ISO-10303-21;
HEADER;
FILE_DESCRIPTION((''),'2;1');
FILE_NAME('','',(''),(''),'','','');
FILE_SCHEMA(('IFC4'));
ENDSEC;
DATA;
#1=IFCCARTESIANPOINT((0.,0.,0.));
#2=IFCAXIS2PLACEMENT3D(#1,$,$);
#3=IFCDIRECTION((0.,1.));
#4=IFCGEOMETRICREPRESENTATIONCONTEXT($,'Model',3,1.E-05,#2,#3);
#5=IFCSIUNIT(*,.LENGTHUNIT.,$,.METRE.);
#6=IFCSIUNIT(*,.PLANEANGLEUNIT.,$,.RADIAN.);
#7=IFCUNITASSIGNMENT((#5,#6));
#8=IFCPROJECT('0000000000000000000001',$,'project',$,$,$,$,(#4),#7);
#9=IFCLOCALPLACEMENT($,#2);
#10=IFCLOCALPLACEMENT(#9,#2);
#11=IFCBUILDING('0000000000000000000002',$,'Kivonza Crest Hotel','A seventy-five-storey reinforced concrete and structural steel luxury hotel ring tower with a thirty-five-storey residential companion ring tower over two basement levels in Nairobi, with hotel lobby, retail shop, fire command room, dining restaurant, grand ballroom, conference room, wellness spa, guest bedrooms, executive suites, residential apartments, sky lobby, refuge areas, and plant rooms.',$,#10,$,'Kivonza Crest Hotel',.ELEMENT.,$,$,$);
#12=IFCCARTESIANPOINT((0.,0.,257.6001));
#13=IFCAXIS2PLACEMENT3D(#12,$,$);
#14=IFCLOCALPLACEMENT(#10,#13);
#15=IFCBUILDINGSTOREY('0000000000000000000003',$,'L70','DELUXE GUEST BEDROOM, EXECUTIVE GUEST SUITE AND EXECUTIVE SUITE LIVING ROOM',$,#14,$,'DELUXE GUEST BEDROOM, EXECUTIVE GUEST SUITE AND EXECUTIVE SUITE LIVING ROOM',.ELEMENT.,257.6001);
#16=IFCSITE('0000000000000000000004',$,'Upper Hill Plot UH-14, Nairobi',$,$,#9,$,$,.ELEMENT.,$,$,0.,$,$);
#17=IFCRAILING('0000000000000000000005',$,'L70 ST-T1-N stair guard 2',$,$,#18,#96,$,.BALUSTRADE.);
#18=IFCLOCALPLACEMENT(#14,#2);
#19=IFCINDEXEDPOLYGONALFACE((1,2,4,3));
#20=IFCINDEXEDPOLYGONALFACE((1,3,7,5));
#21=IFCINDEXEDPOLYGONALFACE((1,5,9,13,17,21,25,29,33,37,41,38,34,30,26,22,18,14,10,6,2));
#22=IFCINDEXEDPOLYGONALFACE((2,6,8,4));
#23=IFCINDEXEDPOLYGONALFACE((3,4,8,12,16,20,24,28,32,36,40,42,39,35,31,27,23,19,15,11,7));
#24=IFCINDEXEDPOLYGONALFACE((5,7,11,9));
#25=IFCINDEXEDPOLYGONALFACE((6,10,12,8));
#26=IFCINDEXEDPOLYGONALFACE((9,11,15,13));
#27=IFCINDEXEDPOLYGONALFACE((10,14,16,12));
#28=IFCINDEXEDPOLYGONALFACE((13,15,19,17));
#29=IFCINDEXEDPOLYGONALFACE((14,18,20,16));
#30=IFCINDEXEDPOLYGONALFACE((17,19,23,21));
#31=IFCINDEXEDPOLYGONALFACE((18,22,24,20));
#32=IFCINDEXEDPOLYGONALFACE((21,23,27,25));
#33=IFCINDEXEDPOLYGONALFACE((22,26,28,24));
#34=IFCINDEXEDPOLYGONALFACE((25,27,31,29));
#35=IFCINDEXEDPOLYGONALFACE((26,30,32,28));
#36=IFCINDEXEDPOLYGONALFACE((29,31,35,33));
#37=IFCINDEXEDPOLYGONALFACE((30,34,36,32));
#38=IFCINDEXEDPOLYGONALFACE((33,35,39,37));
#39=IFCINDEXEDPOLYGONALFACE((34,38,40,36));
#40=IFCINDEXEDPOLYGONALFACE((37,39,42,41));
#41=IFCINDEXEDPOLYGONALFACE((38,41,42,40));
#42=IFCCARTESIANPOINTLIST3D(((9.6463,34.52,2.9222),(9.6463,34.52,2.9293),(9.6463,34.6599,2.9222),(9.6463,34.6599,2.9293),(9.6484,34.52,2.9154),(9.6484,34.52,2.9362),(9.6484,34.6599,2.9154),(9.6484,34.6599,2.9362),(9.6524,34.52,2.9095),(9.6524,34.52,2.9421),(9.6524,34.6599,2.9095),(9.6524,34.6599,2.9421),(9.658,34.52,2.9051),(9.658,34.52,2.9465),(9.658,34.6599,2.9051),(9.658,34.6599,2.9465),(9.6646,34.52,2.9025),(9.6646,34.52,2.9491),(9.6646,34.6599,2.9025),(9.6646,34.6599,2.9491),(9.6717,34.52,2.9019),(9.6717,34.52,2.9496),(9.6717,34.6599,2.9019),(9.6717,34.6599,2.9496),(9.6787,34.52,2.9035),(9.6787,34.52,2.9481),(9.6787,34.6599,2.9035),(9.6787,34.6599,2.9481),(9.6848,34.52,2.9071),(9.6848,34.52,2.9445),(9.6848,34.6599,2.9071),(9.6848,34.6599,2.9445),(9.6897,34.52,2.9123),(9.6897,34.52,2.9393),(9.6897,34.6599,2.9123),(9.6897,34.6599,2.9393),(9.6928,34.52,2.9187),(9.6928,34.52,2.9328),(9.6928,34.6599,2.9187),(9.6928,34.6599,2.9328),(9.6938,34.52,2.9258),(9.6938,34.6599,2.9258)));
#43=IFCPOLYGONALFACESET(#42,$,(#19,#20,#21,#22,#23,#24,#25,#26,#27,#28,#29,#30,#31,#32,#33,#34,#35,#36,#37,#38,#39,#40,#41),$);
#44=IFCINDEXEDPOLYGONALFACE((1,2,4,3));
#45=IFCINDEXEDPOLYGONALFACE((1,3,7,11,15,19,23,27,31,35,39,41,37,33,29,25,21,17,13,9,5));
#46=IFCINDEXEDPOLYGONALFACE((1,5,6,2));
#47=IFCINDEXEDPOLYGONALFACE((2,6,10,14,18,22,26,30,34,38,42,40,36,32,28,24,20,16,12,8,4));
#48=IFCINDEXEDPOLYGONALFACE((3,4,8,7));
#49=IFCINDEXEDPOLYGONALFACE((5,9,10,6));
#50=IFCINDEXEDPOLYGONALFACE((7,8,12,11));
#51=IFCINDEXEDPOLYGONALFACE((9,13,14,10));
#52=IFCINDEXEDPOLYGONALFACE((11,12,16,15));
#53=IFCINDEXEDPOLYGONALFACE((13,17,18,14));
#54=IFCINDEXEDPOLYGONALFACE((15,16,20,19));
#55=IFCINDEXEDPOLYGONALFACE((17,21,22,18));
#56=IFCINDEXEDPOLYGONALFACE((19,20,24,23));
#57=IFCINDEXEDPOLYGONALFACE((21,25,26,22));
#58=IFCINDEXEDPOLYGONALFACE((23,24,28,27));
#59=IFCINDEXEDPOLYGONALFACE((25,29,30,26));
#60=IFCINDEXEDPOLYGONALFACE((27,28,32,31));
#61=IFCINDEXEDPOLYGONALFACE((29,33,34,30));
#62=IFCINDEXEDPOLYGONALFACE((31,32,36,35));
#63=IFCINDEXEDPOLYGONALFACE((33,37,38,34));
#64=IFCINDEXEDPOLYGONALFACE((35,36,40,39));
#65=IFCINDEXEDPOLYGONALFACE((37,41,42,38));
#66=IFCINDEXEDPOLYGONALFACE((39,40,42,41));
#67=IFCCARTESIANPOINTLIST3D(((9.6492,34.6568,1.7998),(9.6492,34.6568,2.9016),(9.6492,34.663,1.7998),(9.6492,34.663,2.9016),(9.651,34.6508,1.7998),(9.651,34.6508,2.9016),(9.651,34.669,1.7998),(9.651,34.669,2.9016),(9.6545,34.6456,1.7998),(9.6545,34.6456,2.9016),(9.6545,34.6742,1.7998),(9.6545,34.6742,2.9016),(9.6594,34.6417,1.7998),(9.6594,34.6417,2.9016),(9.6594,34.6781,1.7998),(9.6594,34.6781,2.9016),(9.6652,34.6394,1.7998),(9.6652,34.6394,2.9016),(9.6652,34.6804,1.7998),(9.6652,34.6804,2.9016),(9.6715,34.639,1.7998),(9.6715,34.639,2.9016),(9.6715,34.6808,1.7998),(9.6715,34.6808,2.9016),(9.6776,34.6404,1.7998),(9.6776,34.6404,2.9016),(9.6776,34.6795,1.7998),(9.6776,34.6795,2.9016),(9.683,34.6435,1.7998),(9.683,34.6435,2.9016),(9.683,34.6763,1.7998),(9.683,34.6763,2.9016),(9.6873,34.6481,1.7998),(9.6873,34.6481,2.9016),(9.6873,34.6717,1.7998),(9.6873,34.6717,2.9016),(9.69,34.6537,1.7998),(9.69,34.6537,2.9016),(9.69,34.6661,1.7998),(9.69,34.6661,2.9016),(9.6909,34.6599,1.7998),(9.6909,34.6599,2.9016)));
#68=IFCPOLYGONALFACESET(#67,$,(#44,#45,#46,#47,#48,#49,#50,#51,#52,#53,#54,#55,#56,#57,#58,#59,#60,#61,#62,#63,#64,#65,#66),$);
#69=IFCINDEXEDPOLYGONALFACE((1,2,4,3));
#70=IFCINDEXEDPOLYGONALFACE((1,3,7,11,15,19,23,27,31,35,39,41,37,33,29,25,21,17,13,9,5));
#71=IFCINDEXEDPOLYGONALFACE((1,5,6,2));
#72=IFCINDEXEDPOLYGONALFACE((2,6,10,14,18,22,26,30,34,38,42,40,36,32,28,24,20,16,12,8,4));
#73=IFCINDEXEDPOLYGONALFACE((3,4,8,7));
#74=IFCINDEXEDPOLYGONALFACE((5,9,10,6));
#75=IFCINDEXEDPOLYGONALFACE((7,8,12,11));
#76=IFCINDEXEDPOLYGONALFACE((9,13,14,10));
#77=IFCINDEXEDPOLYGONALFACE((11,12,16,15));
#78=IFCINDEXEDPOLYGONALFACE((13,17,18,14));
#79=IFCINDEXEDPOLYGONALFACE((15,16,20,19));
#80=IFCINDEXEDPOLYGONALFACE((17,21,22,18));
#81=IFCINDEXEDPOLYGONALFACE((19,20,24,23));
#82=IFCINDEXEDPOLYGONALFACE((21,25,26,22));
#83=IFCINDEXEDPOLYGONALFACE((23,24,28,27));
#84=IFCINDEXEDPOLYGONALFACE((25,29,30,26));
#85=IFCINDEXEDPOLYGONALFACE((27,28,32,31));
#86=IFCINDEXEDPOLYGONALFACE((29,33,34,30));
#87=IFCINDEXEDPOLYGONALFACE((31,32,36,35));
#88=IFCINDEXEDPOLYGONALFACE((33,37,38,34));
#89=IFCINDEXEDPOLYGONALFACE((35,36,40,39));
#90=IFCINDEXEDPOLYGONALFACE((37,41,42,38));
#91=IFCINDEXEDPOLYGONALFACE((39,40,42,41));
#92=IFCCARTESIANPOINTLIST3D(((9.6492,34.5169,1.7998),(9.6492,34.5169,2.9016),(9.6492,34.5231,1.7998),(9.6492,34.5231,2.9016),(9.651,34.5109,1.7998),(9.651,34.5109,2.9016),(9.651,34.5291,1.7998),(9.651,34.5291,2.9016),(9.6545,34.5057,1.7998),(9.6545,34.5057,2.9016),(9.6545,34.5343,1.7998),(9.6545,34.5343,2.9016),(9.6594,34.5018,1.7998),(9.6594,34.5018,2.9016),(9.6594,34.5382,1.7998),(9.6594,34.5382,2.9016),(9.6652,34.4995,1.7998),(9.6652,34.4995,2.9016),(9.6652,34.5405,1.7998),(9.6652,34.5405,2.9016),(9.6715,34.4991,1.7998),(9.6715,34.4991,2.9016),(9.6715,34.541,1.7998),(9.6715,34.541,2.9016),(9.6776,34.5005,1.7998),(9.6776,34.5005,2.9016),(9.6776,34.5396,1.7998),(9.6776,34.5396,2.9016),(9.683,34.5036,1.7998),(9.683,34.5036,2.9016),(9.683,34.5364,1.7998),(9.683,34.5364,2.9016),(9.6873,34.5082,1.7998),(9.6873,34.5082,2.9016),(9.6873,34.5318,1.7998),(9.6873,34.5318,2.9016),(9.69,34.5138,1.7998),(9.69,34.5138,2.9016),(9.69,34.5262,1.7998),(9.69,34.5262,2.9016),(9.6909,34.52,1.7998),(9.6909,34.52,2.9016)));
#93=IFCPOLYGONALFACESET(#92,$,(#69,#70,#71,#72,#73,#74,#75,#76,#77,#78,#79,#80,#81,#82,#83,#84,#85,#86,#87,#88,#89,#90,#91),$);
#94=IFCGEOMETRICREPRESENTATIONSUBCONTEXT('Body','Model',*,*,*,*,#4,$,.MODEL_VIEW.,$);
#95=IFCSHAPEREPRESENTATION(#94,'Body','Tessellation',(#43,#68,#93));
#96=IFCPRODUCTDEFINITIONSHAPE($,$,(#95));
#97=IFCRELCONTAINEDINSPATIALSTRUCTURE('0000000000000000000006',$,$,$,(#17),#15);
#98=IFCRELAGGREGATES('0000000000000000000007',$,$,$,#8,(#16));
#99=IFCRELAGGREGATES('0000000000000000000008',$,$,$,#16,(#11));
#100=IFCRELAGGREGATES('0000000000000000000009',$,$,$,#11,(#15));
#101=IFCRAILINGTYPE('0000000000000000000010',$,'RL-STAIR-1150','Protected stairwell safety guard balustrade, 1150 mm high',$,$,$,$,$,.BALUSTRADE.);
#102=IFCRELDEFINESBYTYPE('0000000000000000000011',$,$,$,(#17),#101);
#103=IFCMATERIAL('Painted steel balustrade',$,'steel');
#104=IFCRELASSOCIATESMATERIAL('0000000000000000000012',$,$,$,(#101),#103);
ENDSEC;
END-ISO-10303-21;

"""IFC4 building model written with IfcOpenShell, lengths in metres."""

from ifc_helpers import new_model, si_unit, direction, frame, origin, origin_2d, place, context, subcontext, project, spatial, circle, extrude, material, type_object, element, save


model = new_model("IFC4")

# Units and contexts
model_context = context("Model", 3, precision=1e-05, world=origin(), true_north=direction((0.0, 1.0)))
body_context = subcontext(model_context, "Body", "Model", "MODEL_VIEW")
ifc_project = project(units=[si_unit("LENGTHUNIT", "METRE"), si_unit("PLANEANGLEUNIT", "RADIAN")], contexts=[model_context])

# Site, building, storey
site_placement = place(None, origin())
site = spatial("IfcSite", under=ifc_project, at=site_placement, Name="Upper Hill Plot UH-14, Nairobi", CompositionType="ELEMENT", RefElevation=0.0)
building_placement = place(site_placement, origin())
building = spatial("IfcBuilding", under=site, at=building_placement, Name="Kivonza Crest Hotel", Description="A seventy-five-storey reinforced concrete and structural steel luxury hotel ring tower with a thirty-five-storey residential companion ring tower over two basement levels in Nairobi, with hotel lobby, retail shop, fire command room, dining restaurant, grand ballroom, conference room, wellness spa, guest bedrooms, executive suites, residential apartments, sky lobby, refuge areas, and plant rooms.", LongName="Kivonza Crest Hotel", CompositionType="ELEMENT")
storey_placement = place(building_placement, frame((0.0, 0.0, 257.6001)))
storey = spatial("IfcBuildingStorey", under=building, at=storey_placement, Name="L70", Description="DELUXE GUEST BEDROOM, EXECUTIVE GUEST SUITE AND EXECUTIVE SUITE LIVING ROOM", LongName="DELUXE GUEST BEDROOM, EXECUTIVE GUEST SUITE AND EXECUTIVE SUITE LIVING ROOM", CompositionType="ELEMENT", Elevation=257.6001)

# Railing
ifc_material_1 = material(Name="Painted steel balustrade", Category="steel")
railing_type_1 = type_object("IfcRailingType", Name="RL-STAIR-1150", Description="Protected stairwell safety guard balustrade, 1150 mm high", PredefinedType="BALUSTRADE", material=ifc_material_1)
railing_1_placement = place(storey_placement, frame((9.6699, 34.6599, 1.7998)))
element("IfcRailing", 1, at=railing_1_placement, inside=storey, type_object=railing_type_1, Name="L70 ST-T1-N stair guard 2", PredefinedType="BALUSTRADE", context=body_context, shape_type="SweptSolid", body=[
    extrude(circle(Radius=0.0239, at=origin_2d()), frame((0.0, 0.0, 1.126), z_axis=(0.0, -1.0, 0.0), x_axis=(1.0, 0.0, 0.0)), (0.0, 0.0, 1.0), 0.1399),
    extrude(circle(Radius=0.021, at=origin_2d()), origin(), (0.0, 0.0, 1.0), 1.1018),
    extrude(circle(Radius=0.021, at=origin_2d()), frame((0.0, -0.1399, 0.0)), (0.0, 0.0, 1.0), 1.1018),
])

save(model, "model.ifc")
